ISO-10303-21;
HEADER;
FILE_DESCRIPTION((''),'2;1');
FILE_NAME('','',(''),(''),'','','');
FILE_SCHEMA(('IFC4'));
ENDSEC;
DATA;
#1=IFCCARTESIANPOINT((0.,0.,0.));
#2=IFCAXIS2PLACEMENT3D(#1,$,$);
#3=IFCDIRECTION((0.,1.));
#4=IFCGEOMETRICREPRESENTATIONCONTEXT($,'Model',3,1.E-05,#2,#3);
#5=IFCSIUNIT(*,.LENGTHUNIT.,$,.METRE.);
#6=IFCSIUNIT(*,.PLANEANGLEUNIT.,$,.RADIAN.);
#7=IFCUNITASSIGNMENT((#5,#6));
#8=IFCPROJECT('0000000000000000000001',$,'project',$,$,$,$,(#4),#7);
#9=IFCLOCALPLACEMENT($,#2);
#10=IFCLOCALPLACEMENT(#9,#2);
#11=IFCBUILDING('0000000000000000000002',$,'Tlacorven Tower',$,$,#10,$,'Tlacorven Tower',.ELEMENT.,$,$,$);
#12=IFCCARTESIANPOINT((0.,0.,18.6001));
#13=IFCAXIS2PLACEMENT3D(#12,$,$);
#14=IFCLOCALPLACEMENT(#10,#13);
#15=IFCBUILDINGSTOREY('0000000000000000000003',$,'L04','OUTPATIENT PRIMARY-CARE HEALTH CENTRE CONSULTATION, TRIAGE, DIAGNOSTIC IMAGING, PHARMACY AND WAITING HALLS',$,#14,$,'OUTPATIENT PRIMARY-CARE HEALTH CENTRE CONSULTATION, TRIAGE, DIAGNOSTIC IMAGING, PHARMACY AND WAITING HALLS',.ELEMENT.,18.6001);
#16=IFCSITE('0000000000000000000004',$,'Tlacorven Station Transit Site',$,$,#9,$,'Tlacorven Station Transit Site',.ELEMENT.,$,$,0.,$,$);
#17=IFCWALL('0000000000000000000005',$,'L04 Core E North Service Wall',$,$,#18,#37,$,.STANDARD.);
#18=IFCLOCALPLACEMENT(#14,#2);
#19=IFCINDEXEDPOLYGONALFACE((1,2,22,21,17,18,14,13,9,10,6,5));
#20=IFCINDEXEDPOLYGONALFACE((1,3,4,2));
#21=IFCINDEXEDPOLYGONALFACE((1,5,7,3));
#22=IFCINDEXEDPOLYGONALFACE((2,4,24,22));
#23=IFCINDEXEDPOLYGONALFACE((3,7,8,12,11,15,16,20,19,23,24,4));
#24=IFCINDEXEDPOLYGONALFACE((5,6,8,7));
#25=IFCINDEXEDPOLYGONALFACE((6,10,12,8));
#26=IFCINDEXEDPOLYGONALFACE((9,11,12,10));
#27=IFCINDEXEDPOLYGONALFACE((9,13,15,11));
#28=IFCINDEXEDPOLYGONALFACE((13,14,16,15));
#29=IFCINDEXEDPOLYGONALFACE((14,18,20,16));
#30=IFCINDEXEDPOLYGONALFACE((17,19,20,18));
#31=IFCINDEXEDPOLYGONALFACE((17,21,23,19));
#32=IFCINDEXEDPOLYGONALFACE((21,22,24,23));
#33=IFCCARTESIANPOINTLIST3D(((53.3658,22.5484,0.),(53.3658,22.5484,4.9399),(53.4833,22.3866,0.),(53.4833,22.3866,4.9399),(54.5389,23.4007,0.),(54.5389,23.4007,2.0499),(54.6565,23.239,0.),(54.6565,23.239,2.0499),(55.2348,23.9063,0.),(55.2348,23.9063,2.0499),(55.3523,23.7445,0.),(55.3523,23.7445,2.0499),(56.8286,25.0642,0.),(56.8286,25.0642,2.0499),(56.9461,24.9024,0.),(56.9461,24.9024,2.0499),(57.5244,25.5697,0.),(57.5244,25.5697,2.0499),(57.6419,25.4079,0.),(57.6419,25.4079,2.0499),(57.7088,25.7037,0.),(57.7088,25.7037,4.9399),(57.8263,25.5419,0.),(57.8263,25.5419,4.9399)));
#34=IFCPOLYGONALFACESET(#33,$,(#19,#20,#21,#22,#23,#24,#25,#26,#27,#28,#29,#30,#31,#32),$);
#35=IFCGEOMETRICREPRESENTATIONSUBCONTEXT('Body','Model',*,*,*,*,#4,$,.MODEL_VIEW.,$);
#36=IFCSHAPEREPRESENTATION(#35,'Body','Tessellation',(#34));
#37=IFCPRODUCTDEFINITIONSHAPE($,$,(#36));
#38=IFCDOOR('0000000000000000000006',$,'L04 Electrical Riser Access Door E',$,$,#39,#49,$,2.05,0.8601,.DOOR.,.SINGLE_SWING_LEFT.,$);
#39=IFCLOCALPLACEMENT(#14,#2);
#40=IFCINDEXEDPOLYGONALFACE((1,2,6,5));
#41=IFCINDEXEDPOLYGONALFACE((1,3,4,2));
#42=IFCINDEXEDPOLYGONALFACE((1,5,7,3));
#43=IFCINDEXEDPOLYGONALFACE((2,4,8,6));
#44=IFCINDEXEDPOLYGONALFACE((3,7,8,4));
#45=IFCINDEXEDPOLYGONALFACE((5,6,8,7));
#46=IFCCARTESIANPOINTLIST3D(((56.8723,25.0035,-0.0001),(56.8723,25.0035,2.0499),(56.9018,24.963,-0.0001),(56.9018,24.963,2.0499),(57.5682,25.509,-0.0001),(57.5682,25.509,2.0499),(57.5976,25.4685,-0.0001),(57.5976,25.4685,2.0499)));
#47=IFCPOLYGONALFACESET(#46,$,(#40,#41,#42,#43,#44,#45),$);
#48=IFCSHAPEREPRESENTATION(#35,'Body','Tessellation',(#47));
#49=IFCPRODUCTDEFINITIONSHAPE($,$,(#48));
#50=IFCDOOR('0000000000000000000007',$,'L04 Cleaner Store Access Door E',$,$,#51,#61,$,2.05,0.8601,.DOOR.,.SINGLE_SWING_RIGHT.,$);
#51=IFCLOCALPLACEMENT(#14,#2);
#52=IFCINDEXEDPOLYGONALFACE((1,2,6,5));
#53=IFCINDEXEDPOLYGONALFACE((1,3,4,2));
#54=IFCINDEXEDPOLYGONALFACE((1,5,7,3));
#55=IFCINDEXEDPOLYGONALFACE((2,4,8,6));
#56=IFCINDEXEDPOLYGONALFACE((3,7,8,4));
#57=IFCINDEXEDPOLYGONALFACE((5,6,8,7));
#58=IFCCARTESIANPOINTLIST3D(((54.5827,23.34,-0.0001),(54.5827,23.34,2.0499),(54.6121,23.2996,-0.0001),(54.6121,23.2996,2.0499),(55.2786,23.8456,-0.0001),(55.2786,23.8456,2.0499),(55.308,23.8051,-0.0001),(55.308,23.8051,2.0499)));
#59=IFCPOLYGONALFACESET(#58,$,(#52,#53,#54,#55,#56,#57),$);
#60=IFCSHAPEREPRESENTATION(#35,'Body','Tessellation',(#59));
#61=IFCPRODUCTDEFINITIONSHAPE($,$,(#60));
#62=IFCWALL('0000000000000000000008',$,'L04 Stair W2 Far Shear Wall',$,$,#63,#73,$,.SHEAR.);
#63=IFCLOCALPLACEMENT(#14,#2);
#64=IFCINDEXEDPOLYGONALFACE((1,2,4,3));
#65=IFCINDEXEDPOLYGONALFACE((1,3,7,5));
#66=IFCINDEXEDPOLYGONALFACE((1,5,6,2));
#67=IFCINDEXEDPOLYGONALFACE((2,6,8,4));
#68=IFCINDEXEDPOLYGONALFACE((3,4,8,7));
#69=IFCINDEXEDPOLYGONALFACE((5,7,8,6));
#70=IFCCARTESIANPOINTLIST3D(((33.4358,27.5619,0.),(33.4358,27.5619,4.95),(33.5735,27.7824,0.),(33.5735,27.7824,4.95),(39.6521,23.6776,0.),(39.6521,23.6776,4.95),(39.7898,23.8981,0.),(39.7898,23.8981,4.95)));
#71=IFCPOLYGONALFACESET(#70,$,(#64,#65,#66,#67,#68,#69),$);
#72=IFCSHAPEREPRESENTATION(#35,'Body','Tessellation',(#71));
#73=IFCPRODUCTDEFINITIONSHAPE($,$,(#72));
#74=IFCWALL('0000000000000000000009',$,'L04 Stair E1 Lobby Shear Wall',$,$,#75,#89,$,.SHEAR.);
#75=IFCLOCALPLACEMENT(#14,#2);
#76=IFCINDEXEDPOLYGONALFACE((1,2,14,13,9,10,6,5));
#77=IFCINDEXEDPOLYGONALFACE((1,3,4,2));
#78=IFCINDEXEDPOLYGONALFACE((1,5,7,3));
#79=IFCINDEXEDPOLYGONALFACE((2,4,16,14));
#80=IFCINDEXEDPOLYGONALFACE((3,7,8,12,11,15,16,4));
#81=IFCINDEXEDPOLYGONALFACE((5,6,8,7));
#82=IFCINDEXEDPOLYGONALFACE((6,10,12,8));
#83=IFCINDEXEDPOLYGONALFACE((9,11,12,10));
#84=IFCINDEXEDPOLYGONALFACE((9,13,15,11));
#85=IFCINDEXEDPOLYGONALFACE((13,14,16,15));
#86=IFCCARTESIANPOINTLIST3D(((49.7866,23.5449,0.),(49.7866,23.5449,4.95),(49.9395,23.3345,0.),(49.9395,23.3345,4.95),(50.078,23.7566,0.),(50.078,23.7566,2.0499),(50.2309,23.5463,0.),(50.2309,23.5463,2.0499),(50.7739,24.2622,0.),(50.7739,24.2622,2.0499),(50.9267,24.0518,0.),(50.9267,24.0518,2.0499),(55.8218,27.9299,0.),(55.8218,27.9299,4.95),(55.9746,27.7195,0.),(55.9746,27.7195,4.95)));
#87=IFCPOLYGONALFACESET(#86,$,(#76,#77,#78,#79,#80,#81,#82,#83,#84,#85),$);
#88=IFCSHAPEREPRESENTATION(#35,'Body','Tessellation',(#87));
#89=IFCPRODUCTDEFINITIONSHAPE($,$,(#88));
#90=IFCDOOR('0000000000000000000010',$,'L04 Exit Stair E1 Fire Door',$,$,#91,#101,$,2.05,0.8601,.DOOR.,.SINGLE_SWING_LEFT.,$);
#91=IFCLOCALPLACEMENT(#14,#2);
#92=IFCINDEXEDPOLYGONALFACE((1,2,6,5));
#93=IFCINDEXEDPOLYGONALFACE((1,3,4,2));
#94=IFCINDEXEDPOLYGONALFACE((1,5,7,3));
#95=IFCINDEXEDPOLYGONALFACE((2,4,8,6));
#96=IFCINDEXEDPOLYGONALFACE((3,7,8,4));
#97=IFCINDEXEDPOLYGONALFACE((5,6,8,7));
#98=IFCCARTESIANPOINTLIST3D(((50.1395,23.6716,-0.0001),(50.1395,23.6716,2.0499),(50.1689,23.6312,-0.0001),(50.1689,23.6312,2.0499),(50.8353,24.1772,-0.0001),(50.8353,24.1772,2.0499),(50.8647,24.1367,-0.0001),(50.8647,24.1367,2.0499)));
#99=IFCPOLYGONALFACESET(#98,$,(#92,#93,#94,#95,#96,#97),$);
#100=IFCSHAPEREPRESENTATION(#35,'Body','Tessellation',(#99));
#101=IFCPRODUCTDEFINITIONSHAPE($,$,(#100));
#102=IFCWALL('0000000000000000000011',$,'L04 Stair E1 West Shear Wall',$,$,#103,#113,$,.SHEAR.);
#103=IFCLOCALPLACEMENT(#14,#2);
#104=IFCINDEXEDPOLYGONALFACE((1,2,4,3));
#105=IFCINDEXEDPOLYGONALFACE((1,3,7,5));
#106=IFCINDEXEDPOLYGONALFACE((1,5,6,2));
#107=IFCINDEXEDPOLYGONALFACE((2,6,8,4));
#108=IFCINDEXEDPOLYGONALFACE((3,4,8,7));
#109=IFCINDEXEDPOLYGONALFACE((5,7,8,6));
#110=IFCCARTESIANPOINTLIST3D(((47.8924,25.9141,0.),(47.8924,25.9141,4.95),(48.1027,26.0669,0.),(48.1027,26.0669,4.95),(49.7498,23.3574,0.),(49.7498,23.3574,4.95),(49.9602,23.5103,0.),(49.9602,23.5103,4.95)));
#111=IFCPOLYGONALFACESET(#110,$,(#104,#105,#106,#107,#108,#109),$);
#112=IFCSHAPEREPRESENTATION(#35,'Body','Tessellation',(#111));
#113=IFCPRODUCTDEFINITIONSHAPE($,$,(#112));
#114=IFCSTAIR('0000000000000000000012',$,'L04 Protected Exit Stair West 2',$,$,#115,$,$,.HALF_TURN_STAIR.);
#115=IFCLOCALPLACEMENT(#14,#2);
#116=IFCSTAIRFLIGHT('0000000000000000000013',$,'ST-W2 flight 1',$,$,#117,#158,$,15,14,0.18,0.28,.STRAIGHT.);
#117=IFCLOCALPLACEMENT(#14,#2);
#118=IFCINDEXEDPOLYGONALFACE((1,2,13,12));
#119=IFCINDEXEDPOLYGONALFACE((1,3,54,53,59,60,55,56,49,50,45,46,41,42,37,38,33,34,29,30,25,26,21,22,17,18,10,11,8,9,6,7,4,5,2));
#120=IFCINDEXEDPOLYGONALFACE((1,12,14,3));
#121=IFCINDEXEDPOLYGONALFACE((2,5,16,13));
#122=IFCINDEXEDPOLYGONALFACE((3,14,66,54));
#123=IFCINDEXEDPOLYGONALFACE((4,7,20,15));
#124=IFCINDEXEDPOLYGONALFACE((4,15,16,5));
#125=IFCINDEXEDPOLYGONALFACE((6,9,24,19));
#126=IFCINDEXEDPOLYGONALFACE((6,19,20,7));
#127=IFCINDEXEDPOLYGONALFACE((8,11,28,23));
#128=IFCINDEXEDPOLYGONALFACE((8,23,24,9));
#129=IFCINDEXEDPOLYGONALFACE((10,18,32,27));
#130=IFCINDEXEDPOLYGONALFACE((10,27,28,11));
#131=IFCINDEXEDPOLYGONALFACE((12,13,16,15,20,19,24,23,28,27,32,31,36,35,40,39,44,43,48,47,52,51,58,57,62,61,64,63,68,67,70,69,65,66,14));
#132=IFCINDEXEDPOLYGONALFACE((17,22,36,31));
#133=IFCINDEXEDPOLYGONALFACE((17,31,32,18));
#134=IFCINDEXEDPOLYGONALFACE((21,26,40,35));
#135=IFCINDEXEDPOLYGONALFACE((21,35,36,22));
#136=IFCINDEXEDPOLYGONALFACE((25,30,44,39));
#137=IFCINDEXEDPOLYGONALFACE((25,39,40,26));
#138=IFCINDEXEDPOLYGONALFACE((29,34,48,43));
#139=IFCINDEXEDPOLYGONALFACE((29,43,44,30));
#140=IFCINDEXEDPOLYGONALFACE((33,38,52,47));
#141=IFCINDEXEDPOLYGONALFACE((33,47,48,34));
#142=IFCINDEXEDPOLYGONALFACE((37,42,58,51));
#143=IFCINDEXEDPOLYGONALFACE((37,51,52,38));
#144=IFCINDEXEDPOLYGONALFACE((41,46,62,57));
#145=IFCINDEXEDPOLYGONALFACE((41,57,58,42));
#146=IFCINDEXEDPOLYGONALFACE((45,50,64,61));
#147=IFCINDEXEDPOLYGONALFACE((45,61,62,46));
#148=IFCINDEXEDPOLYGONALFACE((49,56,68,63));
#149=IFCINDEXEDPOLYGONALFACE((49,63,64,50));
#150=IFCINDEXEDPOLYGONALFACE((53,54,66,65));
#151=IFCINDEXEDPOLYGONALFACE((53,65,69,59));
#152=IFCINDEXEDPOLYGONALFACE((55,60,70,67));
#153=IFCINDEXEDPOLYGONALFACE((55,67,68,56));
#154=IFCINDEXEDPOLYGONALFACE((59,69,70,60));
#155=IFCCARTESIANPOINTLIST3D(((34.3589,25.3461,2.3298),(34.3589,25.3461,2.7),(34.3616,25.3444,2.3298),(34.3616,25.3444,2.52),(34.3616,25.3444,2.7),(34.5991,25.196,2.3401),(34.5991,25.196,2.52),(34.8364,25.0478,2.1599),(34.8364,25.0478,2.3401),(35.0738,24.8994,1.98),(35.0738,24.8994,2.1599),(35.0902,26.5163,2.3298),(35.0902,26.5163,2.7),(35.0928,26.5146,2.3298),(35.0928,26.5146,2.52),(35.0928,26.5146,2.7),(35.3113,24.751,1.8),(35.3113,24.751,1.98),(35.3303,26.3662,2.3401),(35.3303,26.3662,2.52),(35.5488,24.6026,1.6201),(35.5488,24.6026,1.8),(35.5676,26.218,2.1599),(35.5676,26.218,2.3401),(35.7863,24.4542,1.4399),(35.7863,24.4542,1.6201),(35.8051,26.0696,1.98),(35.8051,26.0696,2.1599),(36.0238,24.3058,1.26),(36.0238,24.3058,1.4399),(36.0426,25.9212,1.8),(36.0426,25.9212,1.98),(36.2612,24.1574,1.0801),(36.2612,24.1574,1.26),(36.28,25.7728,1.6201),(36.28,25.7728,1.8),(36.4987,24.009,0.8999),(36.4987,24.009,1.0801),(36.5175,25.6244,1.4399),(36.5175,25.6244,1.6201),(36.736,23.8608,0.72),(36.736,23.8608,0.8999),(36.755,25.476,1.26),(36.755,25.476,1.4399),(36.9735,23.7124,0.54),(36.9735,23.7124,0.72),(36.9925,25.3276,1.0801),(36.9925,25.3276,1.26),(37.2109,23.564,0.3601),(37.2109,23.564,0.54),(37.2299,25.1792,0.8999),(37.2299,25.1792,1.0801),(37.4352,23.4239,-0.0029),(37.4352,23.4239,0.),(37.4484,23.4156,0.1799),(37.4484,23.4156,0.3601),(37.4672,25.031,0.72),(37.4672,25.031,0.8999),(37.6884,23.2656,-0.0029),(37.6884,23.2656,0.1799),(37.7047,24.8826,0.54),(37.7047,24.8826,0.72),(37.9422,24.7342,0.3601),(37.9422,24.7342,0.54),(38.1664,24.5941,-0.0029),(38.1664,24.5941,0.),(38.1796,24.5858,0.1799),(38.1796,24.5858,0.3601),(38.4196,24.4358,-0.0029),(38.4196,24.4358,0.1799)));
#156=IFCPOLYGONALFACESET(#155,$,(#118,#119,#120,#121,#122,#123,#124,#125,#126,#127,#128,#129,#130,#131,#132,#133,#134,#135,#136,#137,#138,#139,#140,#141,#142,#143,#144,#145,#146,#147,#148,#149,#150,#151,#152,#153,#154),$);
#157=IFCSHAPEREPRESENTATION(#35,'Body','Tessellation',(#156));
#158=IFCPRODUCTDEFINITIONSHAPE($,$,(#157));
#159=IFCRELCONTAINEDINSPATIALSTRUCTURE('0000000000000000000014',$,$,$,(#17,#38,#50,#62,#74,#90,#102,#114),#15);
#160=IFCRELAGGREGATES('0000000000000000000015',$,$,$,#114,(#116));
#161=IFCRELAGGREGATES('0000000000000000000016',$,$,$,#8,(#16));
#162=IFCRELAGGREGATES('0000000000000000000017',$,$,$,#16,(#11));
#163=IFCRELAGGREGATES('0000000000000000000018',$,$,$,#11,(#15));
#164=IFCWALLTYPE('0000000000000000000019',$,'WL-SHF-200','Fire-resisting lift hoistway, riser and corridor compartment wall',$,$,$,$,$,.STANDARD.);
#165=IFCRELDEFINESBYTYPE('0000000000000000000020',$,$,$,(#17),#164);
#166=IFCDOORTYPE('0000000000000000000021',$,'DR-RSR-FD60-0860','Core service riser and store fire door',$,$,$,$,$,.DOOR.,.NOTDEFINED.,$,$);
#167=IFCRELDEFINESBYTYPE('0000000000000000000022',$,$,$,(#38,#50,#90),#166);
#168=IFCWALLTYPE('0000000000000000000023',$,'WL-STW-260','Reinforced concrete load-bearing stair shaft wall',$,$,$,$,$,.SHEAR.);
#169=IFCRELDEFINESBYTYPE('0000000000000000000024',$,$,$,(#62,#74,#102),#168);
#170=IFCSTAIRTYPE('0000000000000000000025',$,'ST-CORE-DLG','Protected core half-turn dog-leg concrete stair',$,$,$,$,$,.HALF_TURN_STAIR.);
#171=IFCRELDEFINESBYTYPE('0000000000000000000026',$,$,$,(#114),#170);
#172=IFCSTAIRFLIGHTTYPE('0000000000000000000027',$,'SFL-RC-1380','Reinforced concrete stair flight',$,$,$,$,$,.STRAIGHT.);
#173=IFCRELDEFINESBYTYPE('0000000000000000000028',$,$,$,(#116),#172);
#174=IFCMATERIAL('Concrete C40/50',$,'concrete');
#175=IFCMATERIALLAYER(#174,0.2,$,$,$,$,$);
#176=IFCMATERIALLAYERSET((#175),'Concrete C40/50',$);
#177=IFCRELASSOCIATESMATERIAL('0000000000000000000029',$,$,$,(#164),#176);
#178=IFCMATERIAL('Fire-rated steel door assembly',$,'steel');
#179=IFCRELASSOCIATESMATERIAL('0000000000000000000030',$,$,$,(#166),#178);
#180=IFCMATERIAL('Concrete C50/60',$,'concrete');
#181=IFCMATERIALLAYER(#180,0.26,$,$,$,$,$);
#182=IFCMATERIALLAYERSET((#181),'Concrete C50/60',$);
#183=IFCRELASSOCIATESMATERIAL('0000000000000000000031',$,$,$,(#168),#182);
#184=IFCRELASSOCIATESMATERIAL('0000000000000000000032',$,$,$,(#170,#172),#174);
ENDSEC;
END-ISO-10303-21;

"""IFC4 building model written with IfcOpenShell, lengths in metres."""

from ifc_helpers import new_model, si_unit, direction, frame, frame_2d, origin, place, context, subcontext, project, spatial, polyline, rectangle, outline, extrude, source, transform, mapped, material, layer, layer_set, type_object, element, fill, aggregate, save


model = new_model("IFC4")

# Units and contexts
model_context = context("Model", 3, precision=1e-05, world=origin(), true_north=direction((0.0, 1.0)))
body_context = subcontext(model_context, "Body", "Model", "MODEL_VIEW")
ifc_project = project(units=[si_unit("LENGTHUNIT", "METRE"), si_unit("PLANEANGLEUNIT", "RADIAN")], contexts=[model_context])

# Site, building, storey
site_placement = place(None, origin())
site = spatial("IfcSite", under=ifc_project, at=site_placement, Name="Tlacorven Station Transit Site", LongName="Tlacorven Station Transit Site", CompositionType="ELEMENT", RefElevation=0.0)
building_placement = place(site_placement, origin())
building = spatial("IfcBuilding", under=site, at=building_placement, Name="Tlacorven Tower", LongName="Tlacorven Tower", CompositionType="ELEMENT")
storey_placement = place(building_placement, frame((0.0, 0.0, 18.6001)))
storey = spatial("IfcBuildingStorey", under=building, at=storey_placement, Name="L04", Description="OUTPATIENT PRIMARY-CARE HEALTH CENTRE CONSULTATION, TRIAGE, DIAGNOSTIC IMAGING, PHARMACY AND WAITING HALLS", LongName="OUTPATIENT PRIMARY-CARE HEALTH CENTRE CONSULTATION, TRIAGE, DIAGNOSTIC IMAGING, PHARMACY AND WAITING HALLS", CompositionType="ELEMENT", Elevation=18.6001)

# Shared definitions
ifc_material_1 = material(Name="Concrete C40/50", Category="concrete")
ifc_layer_1 = layer(ifc_material_1, 0.2)
ifc_layer_set_1 = layer_set([ifc_layer_1], Name="Concrete C40/50")
wall_type_1 = type_object("IfcWallType", Name="WL-SHF-200", Description="Fire-resisting lift hoistway, riser and corridor compartment wall", PredefinedType="STANDARD", material=ifc_layer_set_1)

# Wall, openings, doors
wall_1_placement = place(storey_placement, frame((53.4246, 22.4675, 0.0), z_axis=(0.0, 0.0, 1.0), x_axis=(0.809027, 0.587771, 0.0)))
wall_1 = element("IfcWall", 1, at=wall_1_placement, inside=storey, type_object=wall_type_1, Name="L04 Core E North Service Wall", PredefinedType="STANDARD", context=body_context, shape_type="SweptSolid", body=[
    extrude(rectangle(XDim=5.3682, YDim=0.2, at=frame_2d((2.6841, 0.0))), origin(), (0.0, 0.0, 1.0), 4.9399),
])
opening_1_placement = place(wall_1_placement, frame((4.28, 0.0, 0.0)))
opening_1 = element("IfcOpeningElement", 2, at=opening_1_placement, cuts=wall_1, PredefinedType="OPENING", context=body_context, shape_type="SweptSolid", body=[
    extrude(rectangle(XDim=0.8601, YDim=2.05, at=frame_2d((0.4302, 1.0249))), frame((0.0, 0.1099, 0.0), z_axis=(0.0, -1.0, 0.0), x_axis=(1.0, 0.0, 0.0)), (0.0, 0.0, 1.0), 0.22),
])
opening_2_placement = place(wall_1_placement, frame((1.45, 0.0, 0.0)))
opening_2 = element("IfcOpeningElement", 3, at=opening_2_placement, cuts=wall_1, PredefinedType="OPENING", context=body_context, shape_type="SweptSolid", body=[
    extrude(rectangle(XDim=0.8601, YDim=2.05, at=frame_2d((0.4302, 1.0249))), frame((0.0, 0.1099, 0.0), z_axis=(0.0, -1.0, 0.0), x_axis=(1.0, 0.0, 0.0)), (0.0, 0.0, 1.0), 0.22),
])
ifc_material_2 = material(Name="Fire-rated steel door assembly", Category="steel")
door_type_1 = type_object("IfcDoorType", Name="DR-RSR-FD60-0860", Description="Core service riser and store fire door", OperationType="NOTDEFINED", PredefinedType="DOOR", material=ifc_material_2)
shared_shape_1 = source(origin(), body_context, "Body", "SweptSolid", [
    extrude(rectangle(XDim=0.8601, YDim=2.05, at=frame_2d((0.4302, 1.0249))), frame((0.0, 0.0249, 0.0), z_axis=(0.0, -1.0, 0.0), x_axis=(1.0, 0.0, 0.0)), (0.0, 0.0, 1.0), 0.05),
])
door_1_placement = place(opening_1_placement, frame((0.8601, 0.0, 0.0), z_axis=(0.0, 0.0, 1.0), x_axis=(-1.0, 0.0, 0.0)))
door_1 = element("IfcDoor", 4, at=door_1_placement, inside=storey, type_object=door_type_1, Name="L04 Electrical Riser Access Door E", OperationType="SINGLE_SWING_LEFT", OverallHeight=2.05, OverallWidth=0.8601, PredefinedType="DOOR", context=body_context, shape_type="MappedRepresentation", body=[
    mapped(shared_shape_1, transform((0.0, 0.0, 0.0), scale=1.0)),
])
fill(opening_1, door_1)
door_2_placement = place(opening_2_placement, frame((0.8601, 0.0, 0.0), z_axis=(0.0, 0.0, 1.0), x_axis=(-1.0, 0.0, 0.0)))
door_2 = element("IfcDoor", 5, at=door_2_placement, inside=storey, type_object=door_type_1, Name="L04 Cleaner Store Access Door E", OperationType="SINGLE_SWING_RIGHT", OverallHeight=2.05, OverallWidth=0.8601, PredefinedType="DOOR", context=body_context, shape_type="MappedRepresentation", body=[
    mapped(shared_shape_1, transform((0.0, 0.0, 0.0), scale=1.0)),
])
fill(opening_2, door_2)

# Wall
ifc_material_3 = material(Name="Concrete C50/60", Category="concrete")
ifc_layer_2 = layer(ifc_material_3, 0.26)
ifc_layer_set_2 = layer_set([ifc_layer_2], Name="Concrete C50/60")
wall_type_2 = type_object("IfcWallType", Name="WL-STW-260", Description="Reinforced concrete load-bearing stair shaft wall", PredefinedType="SHEAR", material=ifc_layer_set_2)
wall_2_placement = place(storey_placement, frame((39.7209, 23.7878, 0.0), z_axis=(0.0, 0.0, 1.0), x_axis=(-0.848054, 0.529909, 0.0)))
element("IfcWall", 6, at=wall_2_placement, inside=storey, type_object=wall_type_2, Name="L04 Stair W2 Far Shear Wall", PredefinedType="SHEAR", context=body_context, shape_type="SweptSolid", body=[
    extrude(rectangle(XDim=7.3301, YDim=0.26, at=frame_2d((3.665, 0.0))), origin(), (0.0, 0.0, 1.0), 4.95),
])

# Wall, opening, door
wall_3_placement = place(storey_placement, frame((49.863, 23.4397, 0.0), z_axis=(0.0, 0.0, 1.0), x_axis=(0.809003, 0.587804, 0.0)))
wall_3 = element("IfcWall", 7, at=wall_3_placement, inside=storey, type_object=wall_type_2, Name="L04 Stair E1 Lobby Shear Wall", PredefinedType="SHEAR", context=body_context, shape_type="SweptSolid", body=[
    extrude(rectangle(XDim=7.46, YDim=0.26, at=frame_2d((3.73, 0.0))), origin(), (0.0, 0.0, 1.0), 4.95),
])
opening_3_placement = place(wall_3_placement, frame((0.3601, 0.0, 0.0)))
opening_3 = element("IfcOpeningElement", 8, at=opening_3_placement, cuts=wall_3, PredefinedType="OPENING", context=body_context, shape_type="SweptSolid", body=[
    extrude(rectangle(XDim=0.8601, YDim=2.05, at=frame_2d((0.4302, 1.0249))), frame((0.0, 0.1401, 0.0), z_axis=(0.0, -1.0, 0.0), x_axis=(1.0, 0.0, 0.0)), (0.0, 0.0, 1.0), 0.28),
])
door_3_placement = place(opening_3_placement, frame((0.8601, 0.0, 0.0), z_axis=(0.0, 0.0, 1.0), x_axis=(-1.0, 0.0, 0.0)))
door_3 = element("IfcDoor", 9, at=door_3_placement, inside=storey, type_object=door_type_1, Name="L04 Exit Stair E1 Fire Door", OperationType="SINGLE_SWING_LEFT", OverallHeight=2.05, OverallWidth=0.8601, PredefinedType="DOOR", context=body_context, shape_type="MappedRepresentation", body=[
    mapped(shared_shape_1, transform((0.0, 0.0, 0.0), scale=1.0)),
])
fill(opening_3, door_3)

# Wall
wall_4_placement = place(storey_placement, frame((49.855, 23.4338, 0.0), z_axis=(0.0, 0.0, 1.0), x_axis=(-0.587767, 0.80903, 0.0)))
element("IfcWall", 10, at=wall_4_placement, inside=storey, type_object=wall_type_2, Name="L04 Stair E1 West Shear Wall", PredefinedType="SHEAR", context=body_context, shape_type="SweptSolid", body=[
    extrude(rectangle(XDim=3.1602, YDim=0.26, at=frame_2d((1.5801, 0.0))), origin(), (0.0, 0.0, 1.0), 4.95),
])

# Stair, stair flight
stair_type = type_object("IfcStairType", Name="ST-CORE-DLG", Description="Protected core half-turn dog-leg concrete stair", PredefinedType="HALF_TURN_STAIR", material=ifc_material_1)
stair_1_placement = place(storey_placement, origin())
stair_1 = element("IfcStair", 11, at=stair_1_placement, inside=storey, type_object=stair_type, Name="L04 Protected Exit Stair West 2", PredefinedType="HALF_TURN_STAIR")
stair_flight_type = type_object("IfcStairFlightType", Name="SFL-RC-1380", Description="Reinforced concrete stair flight", PredefinedType="STRAIGHT", material=ifc_material_1)
shared_shape_2 = source(origin(), body_context, "Body", "SweptSolid", [
    extrude(outline(polyline([(-0.0029, -0.0029), (-0.0029, 0.1799), (0.28, 0.1799), (0.28, 0.3601), (0.5601, 0.3601), (0.5601, 0.54), (0.8401, 0.54), (0.8401, 0.72), (1.1201, 0.72), (1.1201, 0.8999), (1.3999, 0.8999), (1.3999, 1.0801), (1.6799, 1.0801), (1.6799, 1.26), (1.96, 1.26), (1.96, 1.4399), (2.24, 1.4399), (2.24, 1.6201), (2.52, 1.6201), (2.52, 1.8), (2.8, 1.8), (2.8, 1.98), (3.0801, 1.98), (3.0801, 2.1599), (3.3601, 2.1599), (3.3601, 2.3401), (3.6399, 2.3401), (3.6399, 2.52), (3.9199, 2.52), (3.9199, 2.7), (3.9231, 2.7), (3.9231, 2.3298), (3.9199, 2.3298), (0.2957, 0.0), (0.2957, -0.0029), (-0.0029, -0.0029)])), frame((0.0, 0.6899, 0.0), z_axis=(0.0, -1.0, 0.0), x_axis=(1.0, 0.0, 0.0)), (0.0, 0.0, 1.0), 1.3799),
])
stair_flight_1_placement = place(storey_placement, frame((38.0515, 23.8523, 0.0), z_axis=(0.0, 0.0, 1.0), x_axis=(-0.848048, 0.529919, 0.0)))
stair_flight_1 = element("IfcStairFlight", 12, at=stair_flight_1_placement, type_object=stair_flight_type, Name="ST-W2 flight 1", NumberOfRisers=15, NumberOfTreads=14, PredefinedType="STRAIGHT", RiserHeight=0.18, TreadLength=0.28, context=body_context, shape_type="MappedRepresentation", body=[
    mapped(shared_shape_2, transform((0.0, 0.0, 0.0), scale=1.0)),
])
aggregate(stair_1, [stair_flight_1])

save(model, "model.ifc")
